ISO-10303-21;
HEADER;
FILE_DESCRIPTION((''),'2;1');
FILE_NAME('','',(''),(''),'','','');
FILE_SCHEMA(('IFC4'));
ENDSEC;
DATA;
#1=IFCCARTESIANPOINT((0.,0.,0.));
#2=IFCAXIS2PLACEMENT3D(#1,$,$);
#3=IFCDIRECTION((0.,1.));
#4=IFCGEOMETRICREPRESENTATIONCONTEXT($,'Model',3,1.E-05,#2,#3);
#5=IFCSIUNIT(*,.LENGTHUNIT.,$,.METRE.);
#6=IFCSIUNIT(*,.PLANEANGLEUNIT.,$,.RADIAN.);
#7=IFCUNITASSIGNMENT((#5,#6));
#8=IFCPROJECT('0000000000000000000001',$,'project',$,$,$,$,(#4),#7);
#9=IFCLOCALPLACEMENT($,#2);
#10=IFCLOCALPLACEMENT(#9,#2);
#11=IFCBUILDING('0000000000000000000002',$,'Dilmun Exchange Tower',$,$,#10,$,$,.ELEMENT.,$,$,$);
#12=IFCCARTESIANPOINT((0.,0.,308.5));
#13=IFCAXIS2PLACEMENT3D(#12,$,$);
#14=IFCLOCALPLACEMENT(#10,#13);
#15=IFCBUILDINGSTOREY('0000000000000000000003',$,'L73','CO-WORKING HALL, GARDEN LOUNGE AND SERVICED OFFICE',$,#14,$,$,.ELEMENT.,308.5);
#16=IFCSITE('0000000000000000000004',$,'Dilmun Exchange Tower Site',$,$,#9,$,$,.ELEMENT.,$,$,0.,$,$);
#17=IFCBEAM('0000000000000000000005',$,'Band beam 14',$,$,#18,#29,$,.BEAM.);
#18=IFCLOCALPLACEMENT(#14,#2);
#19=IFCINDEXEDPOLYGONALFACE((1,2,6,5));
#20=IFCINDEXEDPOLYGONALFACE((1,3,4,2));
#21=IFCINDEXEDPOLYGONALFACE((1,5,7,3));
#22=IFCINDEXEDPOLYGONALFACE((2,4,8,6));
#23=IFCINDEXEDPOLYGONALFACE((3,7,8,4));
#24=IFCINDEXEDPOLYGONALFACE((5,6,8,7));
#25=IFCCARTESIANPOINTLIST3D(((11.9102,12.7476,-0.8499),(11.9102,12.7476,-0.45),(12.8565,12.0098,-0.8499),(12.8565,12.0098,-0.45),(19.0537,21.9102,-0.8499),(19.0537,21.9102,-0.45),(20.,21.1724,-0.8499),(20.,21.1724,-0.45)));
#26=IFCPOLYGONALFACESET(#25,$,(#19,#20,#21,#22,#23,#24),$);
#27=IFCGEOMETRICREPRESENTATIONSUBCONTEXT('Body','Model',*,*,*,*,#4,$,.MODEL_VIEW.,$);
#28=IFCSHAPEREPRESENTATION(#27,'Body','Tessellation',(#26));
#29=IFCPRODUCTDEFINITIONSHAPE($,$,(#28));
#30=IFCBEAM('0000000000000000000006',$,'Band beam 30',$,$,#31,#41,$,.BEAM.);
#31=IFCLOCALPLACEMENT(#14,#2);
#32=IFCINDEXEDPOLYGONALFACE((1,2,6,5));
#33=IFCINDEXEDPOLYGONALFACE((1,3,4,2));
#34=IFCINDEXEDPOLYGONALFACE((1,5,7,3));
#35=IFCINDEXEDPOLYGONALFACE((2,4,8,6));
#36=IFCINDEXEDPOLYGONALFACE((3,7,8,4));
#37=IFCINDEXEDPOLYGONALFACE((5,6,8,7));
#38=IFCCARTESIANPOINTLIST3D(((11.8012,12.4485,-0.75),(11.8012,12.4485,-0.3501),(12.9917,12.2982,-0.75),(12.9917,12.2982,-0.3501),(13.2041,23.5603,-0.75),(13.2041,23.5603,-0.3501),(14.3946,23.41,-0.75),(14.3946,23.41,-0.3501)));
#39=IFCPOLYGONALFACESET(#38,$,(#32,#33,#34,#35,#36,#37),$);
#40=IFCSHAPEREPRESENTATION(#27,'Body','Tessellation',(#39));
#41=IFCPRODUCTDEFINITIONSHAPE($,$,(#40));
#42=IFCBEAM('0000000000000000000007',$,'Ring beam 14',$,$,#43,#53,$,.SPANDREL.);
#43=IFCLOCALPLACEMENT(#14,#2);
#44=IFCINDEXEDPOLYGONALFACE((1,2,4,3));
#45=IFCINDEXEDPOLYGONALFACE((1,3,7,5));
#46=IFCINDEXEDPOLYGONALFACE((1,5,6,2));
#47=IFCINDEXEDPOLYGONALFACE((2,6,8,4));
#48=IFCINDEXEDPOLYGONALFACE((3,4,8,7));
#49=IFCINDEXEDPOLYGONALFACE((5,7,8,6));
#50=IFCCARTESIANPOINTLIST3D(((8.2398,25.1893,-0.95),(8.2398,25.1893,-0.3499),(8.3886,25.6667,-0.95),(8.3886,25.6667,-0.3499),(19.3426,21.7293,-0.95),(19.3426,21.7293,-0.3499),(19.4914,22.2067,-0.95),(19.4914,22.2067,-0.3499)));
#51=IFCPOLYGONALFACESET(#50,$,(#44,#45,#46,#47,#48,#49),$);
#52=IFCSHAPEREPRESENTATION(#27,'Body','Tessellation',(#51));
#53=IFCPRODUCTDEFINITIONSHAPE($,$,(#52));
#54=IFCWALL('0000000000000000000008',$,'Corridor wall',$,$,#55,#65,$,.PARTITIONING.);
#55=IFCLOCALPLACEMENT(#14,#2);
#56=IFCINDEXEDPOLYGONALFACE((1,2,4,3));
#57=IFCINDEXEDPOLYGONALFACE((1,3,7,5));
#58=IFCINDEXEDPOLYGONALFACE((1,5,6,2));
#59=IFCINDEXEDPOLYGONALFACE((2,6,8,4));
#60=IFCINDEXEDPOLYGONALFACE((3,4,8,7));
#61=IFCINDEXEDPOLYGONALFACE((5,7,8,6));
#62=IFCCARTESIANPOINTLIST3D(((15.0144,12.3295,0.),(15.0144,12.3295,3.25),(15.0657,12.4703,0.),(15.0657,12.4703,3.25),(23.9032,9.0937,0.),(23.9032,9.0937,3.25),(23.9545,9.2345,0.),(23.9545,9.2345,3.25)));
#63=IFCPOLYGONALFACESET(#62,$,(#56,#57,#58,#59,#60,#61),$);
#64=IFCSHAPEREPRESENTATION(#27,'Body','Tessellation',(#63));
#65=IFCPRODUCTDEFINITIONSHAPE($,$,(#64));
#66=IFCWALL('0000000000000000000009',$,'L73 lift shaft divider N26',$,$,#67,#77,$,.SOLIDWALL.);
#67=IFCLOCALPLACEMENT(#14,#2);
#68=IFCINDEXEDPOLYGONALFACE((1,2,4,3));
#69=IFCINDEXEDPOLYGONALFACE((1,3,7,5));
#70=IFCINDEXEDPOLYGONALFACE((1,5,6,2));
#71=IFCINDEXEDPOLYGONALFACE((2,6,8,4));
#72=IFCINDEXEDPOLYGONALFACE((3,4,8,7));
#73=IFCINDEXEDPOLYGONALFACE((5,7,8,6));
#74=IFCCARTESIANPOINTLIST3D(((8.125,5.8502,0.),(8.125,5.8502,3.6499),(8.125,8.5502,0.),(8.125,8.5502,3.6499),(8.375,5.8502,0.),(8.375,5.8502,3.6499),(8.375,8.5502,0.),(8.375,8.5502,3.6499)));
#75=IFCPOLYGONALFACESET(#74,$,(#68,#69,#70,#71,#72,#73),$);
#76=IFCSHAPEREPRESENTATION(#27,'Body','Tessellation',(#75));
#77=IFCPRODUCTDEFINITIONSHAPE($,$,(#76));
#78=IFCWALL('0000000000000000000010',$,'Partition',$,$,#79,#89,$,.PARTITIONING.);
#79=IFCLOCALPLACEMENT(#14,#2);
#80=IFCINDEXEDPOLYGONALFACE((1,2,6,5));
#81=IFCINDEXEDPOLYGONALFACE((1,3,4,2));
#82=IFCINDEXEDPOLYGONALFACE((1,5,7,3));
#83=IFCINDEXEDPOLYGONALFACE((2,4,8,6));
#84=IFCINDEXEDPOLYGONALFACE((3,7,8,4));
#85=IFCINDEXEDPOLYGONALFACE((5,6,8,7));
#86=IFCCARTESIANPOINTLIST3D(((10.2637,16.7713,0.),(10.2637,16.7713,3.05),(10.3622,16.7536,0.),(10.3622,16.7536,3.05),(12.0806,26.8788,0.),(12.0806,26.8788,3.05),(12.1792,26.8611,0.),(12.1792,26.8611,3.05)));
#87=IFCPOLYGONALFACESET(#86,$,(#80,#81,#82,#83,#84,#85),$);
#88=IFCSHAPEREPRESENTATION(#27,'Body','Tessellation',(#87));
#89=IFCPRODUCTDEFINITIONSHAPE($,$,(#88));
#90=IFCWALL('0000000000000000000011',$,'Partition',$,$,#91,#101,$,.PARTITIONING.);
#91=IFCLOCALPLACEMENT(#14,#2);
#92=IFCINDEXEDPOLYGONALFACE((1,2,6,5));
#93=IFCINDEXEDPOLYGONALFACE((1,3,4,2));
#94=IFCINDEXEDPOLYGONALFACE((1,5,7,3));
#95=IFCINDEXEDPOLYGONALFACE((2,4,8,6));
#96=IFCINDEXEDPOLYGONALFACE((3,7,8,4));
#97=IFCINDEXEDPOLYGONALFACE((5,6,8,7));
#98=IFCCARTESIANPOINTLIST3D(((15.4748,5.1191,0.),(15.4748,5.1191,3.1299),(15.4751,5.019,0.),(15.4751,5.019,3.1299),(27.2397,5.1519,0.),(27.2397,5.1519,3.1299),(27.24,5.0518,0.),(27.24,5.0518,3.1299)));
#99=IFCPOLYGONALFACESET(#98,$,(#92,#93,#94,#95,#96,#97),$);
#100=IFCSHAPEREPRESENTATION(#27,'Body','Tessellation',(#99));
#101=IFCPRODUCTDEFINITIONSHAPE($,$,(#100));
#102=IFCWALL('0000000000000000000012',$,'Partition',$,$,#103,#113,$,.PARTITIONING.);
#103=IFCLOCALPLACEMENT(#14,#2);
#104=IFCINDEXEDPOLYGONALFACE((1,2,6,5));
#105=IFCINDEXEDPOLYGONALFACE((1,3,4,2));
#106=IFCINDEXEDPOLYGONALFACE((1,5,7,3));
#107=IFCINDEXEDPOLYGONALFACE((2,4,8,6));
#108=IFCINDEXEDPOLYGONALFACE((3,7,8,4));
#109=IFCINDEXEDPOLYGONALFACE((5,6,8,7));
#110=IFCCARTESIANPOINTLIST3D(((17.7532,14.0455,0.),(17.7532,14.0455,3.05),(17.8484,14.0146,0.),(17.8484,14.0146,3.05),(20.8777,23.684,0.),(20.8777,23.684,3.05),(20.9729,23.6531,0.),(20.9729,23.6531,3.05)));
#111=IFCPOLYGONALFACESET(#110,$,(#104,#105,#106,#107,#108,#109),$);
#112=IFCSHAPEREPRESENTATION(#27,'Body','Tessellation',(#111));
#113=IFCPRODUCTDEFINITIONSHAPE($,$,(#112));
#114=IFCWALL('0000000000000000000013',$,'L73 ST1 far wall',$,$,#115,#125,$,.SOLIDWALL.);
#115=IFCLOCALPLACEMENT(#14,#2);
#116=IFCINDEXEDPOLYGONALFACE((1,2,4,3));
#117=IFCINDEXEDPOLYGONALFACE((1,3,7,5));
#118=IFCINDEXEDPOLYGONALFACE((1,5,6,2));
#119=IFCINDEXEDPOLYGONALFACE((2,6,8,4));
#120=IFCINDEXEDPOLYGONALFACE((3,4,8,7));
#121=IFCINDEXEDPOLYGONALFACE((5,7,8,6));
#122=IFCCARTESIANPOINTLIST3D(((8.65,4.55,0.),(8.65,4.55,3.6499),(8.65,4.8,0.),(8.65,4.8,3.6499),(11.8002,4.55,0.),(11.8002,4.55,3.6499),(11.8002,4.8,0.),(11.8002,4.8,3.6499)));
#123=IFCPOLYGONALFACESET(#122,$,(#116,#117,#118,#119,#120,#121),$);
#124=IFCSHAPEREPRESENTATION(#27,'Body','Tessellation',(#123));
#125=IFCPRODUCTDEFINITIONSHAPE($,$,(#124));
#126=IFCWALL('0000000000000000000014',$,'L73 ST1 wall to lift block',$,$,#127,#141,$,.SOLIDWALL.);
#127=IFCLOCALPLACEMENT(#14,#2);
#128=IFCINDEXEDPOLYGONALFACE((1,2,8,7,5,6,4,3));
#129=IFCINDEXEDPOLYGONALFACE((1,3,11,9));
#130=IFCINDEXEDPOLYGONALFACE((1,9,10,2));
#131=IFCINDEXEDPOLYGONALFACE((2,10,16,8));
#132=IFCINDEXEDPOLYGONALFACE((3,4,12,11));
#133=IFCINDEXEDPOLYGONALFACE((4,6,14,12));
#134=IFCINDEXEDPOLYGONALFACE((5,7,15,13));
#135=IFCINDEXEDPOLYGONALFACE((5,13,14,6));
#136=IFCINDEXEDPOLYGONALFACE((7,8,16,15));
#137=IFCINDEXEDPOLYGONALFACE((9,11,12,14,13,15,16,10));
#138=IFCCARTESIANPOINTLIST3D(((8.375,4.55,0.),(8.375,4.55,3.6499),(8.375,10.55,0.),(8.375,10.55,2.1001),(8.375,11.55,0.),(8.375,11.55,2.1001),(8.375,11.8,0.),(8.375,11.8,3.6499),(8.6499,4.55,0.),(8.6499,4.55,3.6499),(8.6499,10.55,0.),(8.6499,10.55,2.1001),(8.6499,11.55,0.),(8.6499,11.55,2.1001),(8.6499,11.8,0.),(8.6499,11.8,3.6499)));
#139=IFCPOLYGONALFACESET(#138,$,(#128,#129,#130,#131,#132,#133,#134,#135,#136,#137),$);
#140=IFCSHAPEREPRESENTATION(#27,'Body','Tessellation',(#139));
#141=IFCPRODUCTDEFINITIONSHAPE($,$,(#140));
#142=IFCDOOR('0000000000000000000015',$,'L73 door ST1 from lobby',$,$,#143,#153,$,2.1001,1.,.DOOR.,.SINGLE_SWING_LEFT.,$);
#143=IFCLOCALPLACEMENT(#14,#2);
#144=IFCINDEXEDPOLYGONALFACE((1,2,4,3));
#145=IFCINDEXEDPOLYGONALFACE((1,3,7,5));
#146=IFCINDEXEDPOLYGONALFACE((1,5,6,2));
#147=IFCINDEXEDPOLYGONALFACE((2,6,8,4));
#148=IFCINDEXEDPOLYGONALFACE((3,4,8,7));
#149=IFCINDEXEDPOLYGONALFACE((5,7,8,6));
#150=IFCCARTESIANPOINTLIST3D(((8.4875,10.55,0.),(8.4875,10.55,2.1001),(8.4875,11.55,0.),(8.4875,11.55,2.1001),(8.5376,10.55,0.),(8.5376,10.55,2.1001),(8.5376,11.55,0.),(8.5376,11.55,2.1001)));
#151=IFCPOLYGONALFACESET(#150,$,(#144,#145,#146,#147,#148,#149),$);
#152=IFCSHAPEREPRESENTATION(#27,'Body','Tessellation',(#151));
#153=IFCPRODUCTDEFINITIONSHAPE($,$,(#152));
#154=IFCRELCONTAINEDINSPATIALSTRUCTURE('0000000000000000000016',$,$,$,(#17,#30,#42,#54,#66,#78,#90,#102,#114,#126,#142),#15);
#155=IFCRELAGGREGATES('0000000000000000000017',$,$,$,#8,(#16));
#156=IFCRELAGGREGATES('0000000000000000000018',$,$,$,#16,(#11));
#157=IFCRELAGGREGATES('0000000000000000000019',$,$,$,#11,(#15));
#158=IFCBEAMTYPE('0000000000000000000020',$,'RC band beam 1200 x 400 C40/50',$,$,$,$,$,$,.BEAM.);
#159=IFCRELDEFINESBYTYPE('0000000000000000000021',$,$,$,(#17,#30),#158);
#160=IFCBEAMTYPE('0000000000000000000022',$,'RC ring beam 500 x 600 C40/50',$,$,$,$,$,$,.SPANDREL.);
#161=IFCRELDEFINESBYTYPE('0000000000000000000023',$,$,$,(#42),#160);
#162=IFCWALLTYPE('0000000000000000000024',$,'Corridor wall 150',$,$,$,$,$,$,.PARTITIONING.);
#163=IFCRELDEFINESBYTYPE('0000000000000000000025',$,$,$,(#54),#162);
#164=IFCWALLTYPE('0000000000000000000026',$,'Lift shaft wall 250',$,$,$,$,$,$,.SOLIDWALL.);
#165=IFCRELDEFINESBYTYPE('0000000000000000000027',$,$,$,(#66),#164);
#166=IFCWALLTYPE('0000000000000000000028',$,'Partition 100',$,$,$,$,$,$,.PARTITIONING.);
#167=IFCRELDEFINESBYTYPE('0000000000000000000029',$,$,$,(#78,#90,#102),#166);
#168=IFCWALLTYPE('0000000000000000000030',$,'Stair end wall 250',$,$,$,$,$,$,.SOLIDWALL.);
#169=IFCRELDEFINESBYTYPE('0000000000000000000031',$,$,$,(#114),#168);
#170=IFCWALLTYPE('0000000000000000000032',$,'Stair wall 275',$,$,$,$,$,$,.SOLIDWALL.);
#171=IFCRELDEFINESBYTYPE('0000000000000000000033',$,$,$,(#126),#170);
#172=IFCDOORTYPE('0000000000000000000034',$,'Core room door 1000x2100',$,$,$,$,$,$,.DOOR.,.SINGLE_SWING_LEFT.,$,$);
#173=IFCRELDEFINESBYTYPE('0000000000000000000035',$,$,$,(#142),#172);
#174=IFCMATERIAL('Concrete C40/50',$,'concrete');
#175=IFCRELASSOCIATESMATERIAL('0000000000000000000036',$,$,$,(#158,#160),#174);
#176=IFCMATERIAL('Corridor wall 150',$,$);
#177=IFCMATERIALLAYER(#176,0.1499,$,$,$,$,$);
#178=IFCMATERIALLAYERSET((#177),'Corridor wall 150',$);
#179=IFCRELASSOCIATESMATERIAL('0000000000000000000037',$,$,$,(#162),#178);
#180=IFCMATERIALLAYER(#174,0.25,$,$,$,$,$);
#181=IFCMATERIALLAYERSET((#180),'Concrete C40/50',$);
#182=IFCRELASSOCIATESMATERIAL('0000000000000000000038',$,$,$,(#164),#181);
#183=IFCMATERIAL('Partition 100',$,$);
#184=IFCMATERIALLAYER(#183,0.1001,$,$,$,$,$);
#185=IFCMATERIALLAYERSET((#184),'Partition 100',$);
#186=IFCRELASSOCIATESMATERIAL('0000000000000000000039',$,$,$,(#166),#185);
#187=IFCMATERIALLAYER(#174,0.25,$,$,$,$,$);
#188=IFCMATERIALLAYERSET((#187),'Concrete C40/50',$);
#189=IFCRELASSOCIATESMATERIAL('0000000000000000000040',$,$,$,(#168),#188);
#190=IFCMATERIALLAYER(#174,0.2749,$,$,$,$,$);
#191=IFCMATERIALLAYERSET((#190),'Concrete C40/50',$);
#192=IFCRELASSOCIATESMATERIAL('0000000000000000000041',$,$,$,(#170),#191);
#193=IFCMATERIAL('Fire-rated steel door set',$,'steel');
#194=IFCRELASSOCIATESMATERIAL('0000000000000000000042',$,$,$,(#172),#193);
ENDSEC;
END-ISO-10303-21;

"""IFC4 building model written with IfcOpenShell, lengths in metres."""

from ifc_helpers import new_model, si_unit, direction, frame, frame_2d, origin, origin_2d, place, context, subcontext, project, spatial, rectangle, extrude, material, layer, layer_set, material_profile, profile_set, type_object, element, fill, save


model = new_model("IFC4")

# Units and contexts
model_context = context("Model", 3, precision=1e-05, world=origin(), true_north=direction((0.0, 1.0)))
body_context = subcontext(model_context, "Body", "Model", "MODEL_VIEW")
ifc_project = project(units=[si_unit("LENGTHUNIT", "METRE"), si_unit("PLANEANGLEUNIT", "RADIAN")], contexts=[model_context])

# Site, building, storey
site_placement = place(None, origin())
site = spatial("IfcSite", under=ifc_project, at=site_placement, Name="Dilmun Exchange Tower Site", CompositionType="ELEMENT", RefElevation=0.0)
building_placement = place(site_placement, origin())
building = spatial("IfcBuilding", under=site, at=building_placement, Name="Dilmun Exchange Tower", CompositionType="ELEMENT")
storey_placement = place(building_placement, frame((0.0, 0.0, 308.5)))
storey = spatial("IfcBuildingStorey", under=building, at=storey_placement, Name="L73", Description="CO-WORKING HALL, GARDEN LOUNGE AND SERVICED OFFICE", CompositionType="ELEMENT", Elevation=308.5)

# Beams
ifc_material_1 = material(Name="Concrete C40/50", Category="concrete")
ifc_material_profile_1 = material_profile(ifc_material_1, rectangle(XDim=1.2, YDim=0.3999, at=origin_2d()), Name="1200 x 400")
ifc_profile_set_1 = profile_set([ifc_material_profile_1], Name="Concrete C40/50")
beam_type_1 = type_object("IfcBeamType", Name="RC band beam 1200 x 400 C40/50", PredefinedType="BEAM", material=ifc_profile_set_1)
beam_1_placement = place(storey_placement, frame((19.5269, 21.5413, -0.6499), z_axis=(-0.614857, -0.788639, 0.0), x_axis=(0.788639, -0.614857, 0.0)))
element("IfcBeam", 1, at=beam_1_placement, inside=storey, type_object=beam_type_1, Name="Band beam 14", PredefinedType="BEAM", context=body_context, shape_type="SweptSolid", body=[
    extrude(rectangle(XDim=1.2, YDim=0.3999, at=origin_2d()), origin(), (0.0, 0.0, 1.0), 11.6182),
])
beam_2_placement = place(storey_placement, frame((13.7993, 23.4851, -0.55), z_axis=(-0.125253, -0.992125, 0.0), x_axis=(0.992125, -0.125253, 0.0)))
element("IfcBeam", 2, at=beam_2_placement, inside=storey, type_object=beam_type_1, Name="Band beam 30", PredefinedType="BEAM", context=body_context, shape_type="SweptSolid", body=[
    extrude(rectangle(XDim=1.2, YDim=0.3999, at=origin_2d()), origin(), (0.0, 0.0, 1.0), 11.2),
])
ifc_material_profile_2 = material_profile(ifc_material_1, rectangle(XDim=0.5, YDim=0.6001, at=origin_2d()), Name="500 x 600")
ifc_profile_set_2 = profile_set([ifc_material_profile_2], Name="Concrete C40/50")
beam_type_2 = type_object("IfcBeamType", Name="RC ring beam 500 x 600 C40/50", PredefinedType="SPANDREL", material=ifc_profile_set_2)
beam_3_placement = place(storey_placement, frame((19.417, 21.968, -0.6499), z_axis=(-0.954716, 0.297518, 0.0), x_axis=(-0.297518, -0.954716, 0.0)))
element("IfcBeam", 3, at=beam_3_placement, inside=storey, type_object=beam_type_2, Name="Ring beam 14", PredefinedType="SPANDREL", context=body_context, shape_type="SweptSolid", body=[
    extrude(rectangle(XDim=0.5, YDim=0.6001, at=origin_2d()), origin(), (0.0, 0.0, 1.0), 11.6294),
])

# Walls
ifc_material_2 = material(Name="Corridor wall 150")
ifc_layer_1 = layer(ifc_material_2, 0.1499)
ifc_layer_set_1 = layer_set([ifc_layer_1], Name="Corridor wall 150")
wall_type_1 = type_object("IfcWallType", Name="Corridor wall 150", PredefinedType="PARTITIONING", material=ifc_layer_set_1)
wall_1_placement = place(storey_placement, frame((15.04, 12.3999, 0.0), z_axis=(0.0, 0.0, 1.0), x_axis=(0.939674, -0.34207, 0.0)))
element("IfcWall", 4, at=wall_1_placement, inside=storey, type_object=wall_type_1, Name="Corridor wall", PredefinedType="PARTITIONING", context=body_context, shape_type="SweptSolid", body=[
    extrude(rectangle(XDim=9.4595, YDim=0.1499, at=frame_2d((4.7297, 0.0))), origin(), (0.0, 0.0, 1.0), 3.25),
])
ifc_layer_2 = layer(ifc_material_1, 0.25)
ifc_layer_set_2 = layer_set([ifc_layer_2], Name="Concrete C40/50")
wall_type_2 = type_object("IfcWallType", Name="Lift shaft wall 250", PredefinedType="SOLIDWALL", material=ifc_layer_set_2)
wall_2_placement = place(storey_placement, frame((8.25, 5.8501, 0.0), z_axis=(0.0, 0.0, 1.0), x_axis=(0.0, 1.0, 0.0)))
element("IfcWall", 5, at=wall_2_placement, inside=storey, type_object=wall_type_2, Name="L73 lift shaft divider N26", PredefinedType="SOLIDWALL", context=body_context, shape_type="SweptSolid", body=[
    extrude(rectangle(XDim=2.7, YDim=0.25, at=frame_2d((1.3501, 0.0))), origin(), (0.0, 0.0, 1.0), 3.6499),
])
ifc_material_3 = material(Name="Partition 100")
ifc_layer_3 = layer(ifc_material_3, 0.1001)
ifc_layer_set_3 = layer_set([ifc_layer_3], Name="Partition 100")
wall_type_3 = type_object("IfcWallType", Name="Partition 100", PredefinedType="PARTITIONING", material=ifc_layer_set_3)
wall_3_placement = place(storey_placement, frame((10.313, 16.7625, 0.0), z_axis=(0.0, 0.0, 1.0), x_axis=(0.176923, 0.984225, 0.0)))
element("IfcWall", 6, at=wall_3_placement, inside=storey, type_object=wall_type_3, Name="Partition", PredefinedType="PARTITIONING", context=body_context, shape_type="SweptSolid", body=[
    extrude(rectangle(XDim=10.2695, YDim=0.1001, at=frame_2d((5.1348, 0.0))), origin(), (0.0, 0.0, 1.0), 3.05),
])
wall_4_placement = place(storey_placement, frame((15.4751, 5.0691, 0.0), z_axis=(0.0, 0.0, 1.0), x_axis=(0.999996, 0.002781, 0.0)))
element("IfcWall", 7, at=wall_4_placement, inside=storey, type_object=wall_type_3, Name="Partition", PredefinedType="PARTITIONING", context=body_context, shape_type="SweptSolid", body=[
    extrude(rectangle(XDim=11.7649, YDim=0.1001, at=frame_2d((5.8823, 0.0))), origin(), (0.0, 0.0, 1.0), 3.1299),
])
wall_5_placement = place(storey_placement, frame((17.8008, 14.03, 0.0), z_axis=(0.0, 0.0, 1.0), x_axis=(0.308374, 0.951265, 0.0)))
element("IfcWall", 8, at=wall_5_placement, inside=storey, type_object=wall_type_3, Name="Partition", PredefinedType="PARTITIONING", context=body_context, shape_type="SweptSolid", body=[
    extrude(rectangle(XDim=10.1323, YDim=0.1001, at=frame_2d((5.0662, 0.0))), origin(), (0.0, 0.0, 1.0), 3.05),
])
ifc_layer_4 = layer(ifc_material_1, 0.25)
ifc_layer_set_4 = layer_set([ifc_layer_4], Name="Concrete C40/50")
wall_type_4 = type_object("IfcWallType", Name="Stair end wall 250", PredefinedType="SOLIDWALL", material=ifc_layer_set_4)
wall_6_placement = place(storey_placement, frame((8.6499, 4.675, 0.0), z_axis=(0.0, 0.0, 1.0), x_axis=(1.0, 0.0, 0.0)))
element("IfcWall", 9, at=wall_6_placement, inside=storey, type_object=wall_type_4, Name="L73 ST1 far wall", PredefinedType="SOLIDWALL", context=body_context, shape_type="SweptSolid", body=[
    extrude(rectangle(XDim=3.1501, YDim=0.25, at=frame_2d((1.5752, 0.0))), origin(), (0.0, 0.0, 1.0), 3.6499),
])

# Wall, opening, door
ifc_layer_5 = layer(ifc_material_1, 0.2749)
ifc_layer_set_5 = layer_set([ifc_layer_5], Name="Concrete C40/50")
wall_type_5 = type_object("IfcWallType", Name="Stair wall 275", PredefinedType="SOLIDWALL", material=ifc_layer_set_5)
wall_7_placement = place(storey_placement, frame((8.5125, 4.55, 0.0), z_axis=(0.0, 0.0, 1.0), x_axis=(0.0, 1.0, 0.0)))
wall_7 = element("IfcWall", 10, at=wall_7_placement, inside=storey, type_object=wall_type_5, Name="L73 ST1 wall to lift block", PredefinedType="SOLIDWALL", context=body_context, shape_type="SweptSolid", body=[
    extrude(rectangle(XDim=7.25, YDim=0.2749, at=frame_2d((3.625, 0.0))), origin(), (0.0, 0.0, 1.0), 3.6499),
])
opening_placement = place(wall_7_placement, frame((6.0, 0.0, 0.0)))
opening = element("IfcOpeningElement", 11, at=opening_placement, cuts=wall_7, PredefinedType="OPENING", context=body_context, shape_type="SweptSolid", body=[
    extrude(rectangle(XDim=1.0, YDim=2.1001, at=frame_2d((0.5, 1.05))), frame((0.0, 0.1475, 0.0), z_axis=(0.0, -1.0, 0.0), x_axis=(1.0, 0.0, 0.0)), (0.0, 0.0, 1.0), 0.2949),
])
ifc_material_4 = material(Name="Fire-rated steel door set", Category="steel")
door_type = type_object("IfcDoorType", Name="Core room door 1000x2100", OperationType="SINGLE_SWING_LEFT", PredefinedType="DOOR", material=ifc_material_4)
door_placement = place(opening_placement, origin())
door = element("IfcDoor", 12, at=door_placement, inside=storey, type_object=door_type, Name="L73 door ST1 from lobby", OperationType="SINGLE_SWING_LEFT", OverallHeight=2.1001, OverallWidth=1.0, PredefinedType="DOOR", context=body_context, shape_type="SweptSolid", body=[
    extrude(rectangle(XDim=1.0, YDim=2.1001, at=frame_2d((0.5, 1.05))), frame((0.0, 0.0249, 0.0), z_axis=(0.0, -1.0, 0.0), x_axis=(1.0, 0.0, 0.0)), (0.0, 0.0, 1.0), 0.05),
])
fill(opening, door)

save(model, "model.ifc")
